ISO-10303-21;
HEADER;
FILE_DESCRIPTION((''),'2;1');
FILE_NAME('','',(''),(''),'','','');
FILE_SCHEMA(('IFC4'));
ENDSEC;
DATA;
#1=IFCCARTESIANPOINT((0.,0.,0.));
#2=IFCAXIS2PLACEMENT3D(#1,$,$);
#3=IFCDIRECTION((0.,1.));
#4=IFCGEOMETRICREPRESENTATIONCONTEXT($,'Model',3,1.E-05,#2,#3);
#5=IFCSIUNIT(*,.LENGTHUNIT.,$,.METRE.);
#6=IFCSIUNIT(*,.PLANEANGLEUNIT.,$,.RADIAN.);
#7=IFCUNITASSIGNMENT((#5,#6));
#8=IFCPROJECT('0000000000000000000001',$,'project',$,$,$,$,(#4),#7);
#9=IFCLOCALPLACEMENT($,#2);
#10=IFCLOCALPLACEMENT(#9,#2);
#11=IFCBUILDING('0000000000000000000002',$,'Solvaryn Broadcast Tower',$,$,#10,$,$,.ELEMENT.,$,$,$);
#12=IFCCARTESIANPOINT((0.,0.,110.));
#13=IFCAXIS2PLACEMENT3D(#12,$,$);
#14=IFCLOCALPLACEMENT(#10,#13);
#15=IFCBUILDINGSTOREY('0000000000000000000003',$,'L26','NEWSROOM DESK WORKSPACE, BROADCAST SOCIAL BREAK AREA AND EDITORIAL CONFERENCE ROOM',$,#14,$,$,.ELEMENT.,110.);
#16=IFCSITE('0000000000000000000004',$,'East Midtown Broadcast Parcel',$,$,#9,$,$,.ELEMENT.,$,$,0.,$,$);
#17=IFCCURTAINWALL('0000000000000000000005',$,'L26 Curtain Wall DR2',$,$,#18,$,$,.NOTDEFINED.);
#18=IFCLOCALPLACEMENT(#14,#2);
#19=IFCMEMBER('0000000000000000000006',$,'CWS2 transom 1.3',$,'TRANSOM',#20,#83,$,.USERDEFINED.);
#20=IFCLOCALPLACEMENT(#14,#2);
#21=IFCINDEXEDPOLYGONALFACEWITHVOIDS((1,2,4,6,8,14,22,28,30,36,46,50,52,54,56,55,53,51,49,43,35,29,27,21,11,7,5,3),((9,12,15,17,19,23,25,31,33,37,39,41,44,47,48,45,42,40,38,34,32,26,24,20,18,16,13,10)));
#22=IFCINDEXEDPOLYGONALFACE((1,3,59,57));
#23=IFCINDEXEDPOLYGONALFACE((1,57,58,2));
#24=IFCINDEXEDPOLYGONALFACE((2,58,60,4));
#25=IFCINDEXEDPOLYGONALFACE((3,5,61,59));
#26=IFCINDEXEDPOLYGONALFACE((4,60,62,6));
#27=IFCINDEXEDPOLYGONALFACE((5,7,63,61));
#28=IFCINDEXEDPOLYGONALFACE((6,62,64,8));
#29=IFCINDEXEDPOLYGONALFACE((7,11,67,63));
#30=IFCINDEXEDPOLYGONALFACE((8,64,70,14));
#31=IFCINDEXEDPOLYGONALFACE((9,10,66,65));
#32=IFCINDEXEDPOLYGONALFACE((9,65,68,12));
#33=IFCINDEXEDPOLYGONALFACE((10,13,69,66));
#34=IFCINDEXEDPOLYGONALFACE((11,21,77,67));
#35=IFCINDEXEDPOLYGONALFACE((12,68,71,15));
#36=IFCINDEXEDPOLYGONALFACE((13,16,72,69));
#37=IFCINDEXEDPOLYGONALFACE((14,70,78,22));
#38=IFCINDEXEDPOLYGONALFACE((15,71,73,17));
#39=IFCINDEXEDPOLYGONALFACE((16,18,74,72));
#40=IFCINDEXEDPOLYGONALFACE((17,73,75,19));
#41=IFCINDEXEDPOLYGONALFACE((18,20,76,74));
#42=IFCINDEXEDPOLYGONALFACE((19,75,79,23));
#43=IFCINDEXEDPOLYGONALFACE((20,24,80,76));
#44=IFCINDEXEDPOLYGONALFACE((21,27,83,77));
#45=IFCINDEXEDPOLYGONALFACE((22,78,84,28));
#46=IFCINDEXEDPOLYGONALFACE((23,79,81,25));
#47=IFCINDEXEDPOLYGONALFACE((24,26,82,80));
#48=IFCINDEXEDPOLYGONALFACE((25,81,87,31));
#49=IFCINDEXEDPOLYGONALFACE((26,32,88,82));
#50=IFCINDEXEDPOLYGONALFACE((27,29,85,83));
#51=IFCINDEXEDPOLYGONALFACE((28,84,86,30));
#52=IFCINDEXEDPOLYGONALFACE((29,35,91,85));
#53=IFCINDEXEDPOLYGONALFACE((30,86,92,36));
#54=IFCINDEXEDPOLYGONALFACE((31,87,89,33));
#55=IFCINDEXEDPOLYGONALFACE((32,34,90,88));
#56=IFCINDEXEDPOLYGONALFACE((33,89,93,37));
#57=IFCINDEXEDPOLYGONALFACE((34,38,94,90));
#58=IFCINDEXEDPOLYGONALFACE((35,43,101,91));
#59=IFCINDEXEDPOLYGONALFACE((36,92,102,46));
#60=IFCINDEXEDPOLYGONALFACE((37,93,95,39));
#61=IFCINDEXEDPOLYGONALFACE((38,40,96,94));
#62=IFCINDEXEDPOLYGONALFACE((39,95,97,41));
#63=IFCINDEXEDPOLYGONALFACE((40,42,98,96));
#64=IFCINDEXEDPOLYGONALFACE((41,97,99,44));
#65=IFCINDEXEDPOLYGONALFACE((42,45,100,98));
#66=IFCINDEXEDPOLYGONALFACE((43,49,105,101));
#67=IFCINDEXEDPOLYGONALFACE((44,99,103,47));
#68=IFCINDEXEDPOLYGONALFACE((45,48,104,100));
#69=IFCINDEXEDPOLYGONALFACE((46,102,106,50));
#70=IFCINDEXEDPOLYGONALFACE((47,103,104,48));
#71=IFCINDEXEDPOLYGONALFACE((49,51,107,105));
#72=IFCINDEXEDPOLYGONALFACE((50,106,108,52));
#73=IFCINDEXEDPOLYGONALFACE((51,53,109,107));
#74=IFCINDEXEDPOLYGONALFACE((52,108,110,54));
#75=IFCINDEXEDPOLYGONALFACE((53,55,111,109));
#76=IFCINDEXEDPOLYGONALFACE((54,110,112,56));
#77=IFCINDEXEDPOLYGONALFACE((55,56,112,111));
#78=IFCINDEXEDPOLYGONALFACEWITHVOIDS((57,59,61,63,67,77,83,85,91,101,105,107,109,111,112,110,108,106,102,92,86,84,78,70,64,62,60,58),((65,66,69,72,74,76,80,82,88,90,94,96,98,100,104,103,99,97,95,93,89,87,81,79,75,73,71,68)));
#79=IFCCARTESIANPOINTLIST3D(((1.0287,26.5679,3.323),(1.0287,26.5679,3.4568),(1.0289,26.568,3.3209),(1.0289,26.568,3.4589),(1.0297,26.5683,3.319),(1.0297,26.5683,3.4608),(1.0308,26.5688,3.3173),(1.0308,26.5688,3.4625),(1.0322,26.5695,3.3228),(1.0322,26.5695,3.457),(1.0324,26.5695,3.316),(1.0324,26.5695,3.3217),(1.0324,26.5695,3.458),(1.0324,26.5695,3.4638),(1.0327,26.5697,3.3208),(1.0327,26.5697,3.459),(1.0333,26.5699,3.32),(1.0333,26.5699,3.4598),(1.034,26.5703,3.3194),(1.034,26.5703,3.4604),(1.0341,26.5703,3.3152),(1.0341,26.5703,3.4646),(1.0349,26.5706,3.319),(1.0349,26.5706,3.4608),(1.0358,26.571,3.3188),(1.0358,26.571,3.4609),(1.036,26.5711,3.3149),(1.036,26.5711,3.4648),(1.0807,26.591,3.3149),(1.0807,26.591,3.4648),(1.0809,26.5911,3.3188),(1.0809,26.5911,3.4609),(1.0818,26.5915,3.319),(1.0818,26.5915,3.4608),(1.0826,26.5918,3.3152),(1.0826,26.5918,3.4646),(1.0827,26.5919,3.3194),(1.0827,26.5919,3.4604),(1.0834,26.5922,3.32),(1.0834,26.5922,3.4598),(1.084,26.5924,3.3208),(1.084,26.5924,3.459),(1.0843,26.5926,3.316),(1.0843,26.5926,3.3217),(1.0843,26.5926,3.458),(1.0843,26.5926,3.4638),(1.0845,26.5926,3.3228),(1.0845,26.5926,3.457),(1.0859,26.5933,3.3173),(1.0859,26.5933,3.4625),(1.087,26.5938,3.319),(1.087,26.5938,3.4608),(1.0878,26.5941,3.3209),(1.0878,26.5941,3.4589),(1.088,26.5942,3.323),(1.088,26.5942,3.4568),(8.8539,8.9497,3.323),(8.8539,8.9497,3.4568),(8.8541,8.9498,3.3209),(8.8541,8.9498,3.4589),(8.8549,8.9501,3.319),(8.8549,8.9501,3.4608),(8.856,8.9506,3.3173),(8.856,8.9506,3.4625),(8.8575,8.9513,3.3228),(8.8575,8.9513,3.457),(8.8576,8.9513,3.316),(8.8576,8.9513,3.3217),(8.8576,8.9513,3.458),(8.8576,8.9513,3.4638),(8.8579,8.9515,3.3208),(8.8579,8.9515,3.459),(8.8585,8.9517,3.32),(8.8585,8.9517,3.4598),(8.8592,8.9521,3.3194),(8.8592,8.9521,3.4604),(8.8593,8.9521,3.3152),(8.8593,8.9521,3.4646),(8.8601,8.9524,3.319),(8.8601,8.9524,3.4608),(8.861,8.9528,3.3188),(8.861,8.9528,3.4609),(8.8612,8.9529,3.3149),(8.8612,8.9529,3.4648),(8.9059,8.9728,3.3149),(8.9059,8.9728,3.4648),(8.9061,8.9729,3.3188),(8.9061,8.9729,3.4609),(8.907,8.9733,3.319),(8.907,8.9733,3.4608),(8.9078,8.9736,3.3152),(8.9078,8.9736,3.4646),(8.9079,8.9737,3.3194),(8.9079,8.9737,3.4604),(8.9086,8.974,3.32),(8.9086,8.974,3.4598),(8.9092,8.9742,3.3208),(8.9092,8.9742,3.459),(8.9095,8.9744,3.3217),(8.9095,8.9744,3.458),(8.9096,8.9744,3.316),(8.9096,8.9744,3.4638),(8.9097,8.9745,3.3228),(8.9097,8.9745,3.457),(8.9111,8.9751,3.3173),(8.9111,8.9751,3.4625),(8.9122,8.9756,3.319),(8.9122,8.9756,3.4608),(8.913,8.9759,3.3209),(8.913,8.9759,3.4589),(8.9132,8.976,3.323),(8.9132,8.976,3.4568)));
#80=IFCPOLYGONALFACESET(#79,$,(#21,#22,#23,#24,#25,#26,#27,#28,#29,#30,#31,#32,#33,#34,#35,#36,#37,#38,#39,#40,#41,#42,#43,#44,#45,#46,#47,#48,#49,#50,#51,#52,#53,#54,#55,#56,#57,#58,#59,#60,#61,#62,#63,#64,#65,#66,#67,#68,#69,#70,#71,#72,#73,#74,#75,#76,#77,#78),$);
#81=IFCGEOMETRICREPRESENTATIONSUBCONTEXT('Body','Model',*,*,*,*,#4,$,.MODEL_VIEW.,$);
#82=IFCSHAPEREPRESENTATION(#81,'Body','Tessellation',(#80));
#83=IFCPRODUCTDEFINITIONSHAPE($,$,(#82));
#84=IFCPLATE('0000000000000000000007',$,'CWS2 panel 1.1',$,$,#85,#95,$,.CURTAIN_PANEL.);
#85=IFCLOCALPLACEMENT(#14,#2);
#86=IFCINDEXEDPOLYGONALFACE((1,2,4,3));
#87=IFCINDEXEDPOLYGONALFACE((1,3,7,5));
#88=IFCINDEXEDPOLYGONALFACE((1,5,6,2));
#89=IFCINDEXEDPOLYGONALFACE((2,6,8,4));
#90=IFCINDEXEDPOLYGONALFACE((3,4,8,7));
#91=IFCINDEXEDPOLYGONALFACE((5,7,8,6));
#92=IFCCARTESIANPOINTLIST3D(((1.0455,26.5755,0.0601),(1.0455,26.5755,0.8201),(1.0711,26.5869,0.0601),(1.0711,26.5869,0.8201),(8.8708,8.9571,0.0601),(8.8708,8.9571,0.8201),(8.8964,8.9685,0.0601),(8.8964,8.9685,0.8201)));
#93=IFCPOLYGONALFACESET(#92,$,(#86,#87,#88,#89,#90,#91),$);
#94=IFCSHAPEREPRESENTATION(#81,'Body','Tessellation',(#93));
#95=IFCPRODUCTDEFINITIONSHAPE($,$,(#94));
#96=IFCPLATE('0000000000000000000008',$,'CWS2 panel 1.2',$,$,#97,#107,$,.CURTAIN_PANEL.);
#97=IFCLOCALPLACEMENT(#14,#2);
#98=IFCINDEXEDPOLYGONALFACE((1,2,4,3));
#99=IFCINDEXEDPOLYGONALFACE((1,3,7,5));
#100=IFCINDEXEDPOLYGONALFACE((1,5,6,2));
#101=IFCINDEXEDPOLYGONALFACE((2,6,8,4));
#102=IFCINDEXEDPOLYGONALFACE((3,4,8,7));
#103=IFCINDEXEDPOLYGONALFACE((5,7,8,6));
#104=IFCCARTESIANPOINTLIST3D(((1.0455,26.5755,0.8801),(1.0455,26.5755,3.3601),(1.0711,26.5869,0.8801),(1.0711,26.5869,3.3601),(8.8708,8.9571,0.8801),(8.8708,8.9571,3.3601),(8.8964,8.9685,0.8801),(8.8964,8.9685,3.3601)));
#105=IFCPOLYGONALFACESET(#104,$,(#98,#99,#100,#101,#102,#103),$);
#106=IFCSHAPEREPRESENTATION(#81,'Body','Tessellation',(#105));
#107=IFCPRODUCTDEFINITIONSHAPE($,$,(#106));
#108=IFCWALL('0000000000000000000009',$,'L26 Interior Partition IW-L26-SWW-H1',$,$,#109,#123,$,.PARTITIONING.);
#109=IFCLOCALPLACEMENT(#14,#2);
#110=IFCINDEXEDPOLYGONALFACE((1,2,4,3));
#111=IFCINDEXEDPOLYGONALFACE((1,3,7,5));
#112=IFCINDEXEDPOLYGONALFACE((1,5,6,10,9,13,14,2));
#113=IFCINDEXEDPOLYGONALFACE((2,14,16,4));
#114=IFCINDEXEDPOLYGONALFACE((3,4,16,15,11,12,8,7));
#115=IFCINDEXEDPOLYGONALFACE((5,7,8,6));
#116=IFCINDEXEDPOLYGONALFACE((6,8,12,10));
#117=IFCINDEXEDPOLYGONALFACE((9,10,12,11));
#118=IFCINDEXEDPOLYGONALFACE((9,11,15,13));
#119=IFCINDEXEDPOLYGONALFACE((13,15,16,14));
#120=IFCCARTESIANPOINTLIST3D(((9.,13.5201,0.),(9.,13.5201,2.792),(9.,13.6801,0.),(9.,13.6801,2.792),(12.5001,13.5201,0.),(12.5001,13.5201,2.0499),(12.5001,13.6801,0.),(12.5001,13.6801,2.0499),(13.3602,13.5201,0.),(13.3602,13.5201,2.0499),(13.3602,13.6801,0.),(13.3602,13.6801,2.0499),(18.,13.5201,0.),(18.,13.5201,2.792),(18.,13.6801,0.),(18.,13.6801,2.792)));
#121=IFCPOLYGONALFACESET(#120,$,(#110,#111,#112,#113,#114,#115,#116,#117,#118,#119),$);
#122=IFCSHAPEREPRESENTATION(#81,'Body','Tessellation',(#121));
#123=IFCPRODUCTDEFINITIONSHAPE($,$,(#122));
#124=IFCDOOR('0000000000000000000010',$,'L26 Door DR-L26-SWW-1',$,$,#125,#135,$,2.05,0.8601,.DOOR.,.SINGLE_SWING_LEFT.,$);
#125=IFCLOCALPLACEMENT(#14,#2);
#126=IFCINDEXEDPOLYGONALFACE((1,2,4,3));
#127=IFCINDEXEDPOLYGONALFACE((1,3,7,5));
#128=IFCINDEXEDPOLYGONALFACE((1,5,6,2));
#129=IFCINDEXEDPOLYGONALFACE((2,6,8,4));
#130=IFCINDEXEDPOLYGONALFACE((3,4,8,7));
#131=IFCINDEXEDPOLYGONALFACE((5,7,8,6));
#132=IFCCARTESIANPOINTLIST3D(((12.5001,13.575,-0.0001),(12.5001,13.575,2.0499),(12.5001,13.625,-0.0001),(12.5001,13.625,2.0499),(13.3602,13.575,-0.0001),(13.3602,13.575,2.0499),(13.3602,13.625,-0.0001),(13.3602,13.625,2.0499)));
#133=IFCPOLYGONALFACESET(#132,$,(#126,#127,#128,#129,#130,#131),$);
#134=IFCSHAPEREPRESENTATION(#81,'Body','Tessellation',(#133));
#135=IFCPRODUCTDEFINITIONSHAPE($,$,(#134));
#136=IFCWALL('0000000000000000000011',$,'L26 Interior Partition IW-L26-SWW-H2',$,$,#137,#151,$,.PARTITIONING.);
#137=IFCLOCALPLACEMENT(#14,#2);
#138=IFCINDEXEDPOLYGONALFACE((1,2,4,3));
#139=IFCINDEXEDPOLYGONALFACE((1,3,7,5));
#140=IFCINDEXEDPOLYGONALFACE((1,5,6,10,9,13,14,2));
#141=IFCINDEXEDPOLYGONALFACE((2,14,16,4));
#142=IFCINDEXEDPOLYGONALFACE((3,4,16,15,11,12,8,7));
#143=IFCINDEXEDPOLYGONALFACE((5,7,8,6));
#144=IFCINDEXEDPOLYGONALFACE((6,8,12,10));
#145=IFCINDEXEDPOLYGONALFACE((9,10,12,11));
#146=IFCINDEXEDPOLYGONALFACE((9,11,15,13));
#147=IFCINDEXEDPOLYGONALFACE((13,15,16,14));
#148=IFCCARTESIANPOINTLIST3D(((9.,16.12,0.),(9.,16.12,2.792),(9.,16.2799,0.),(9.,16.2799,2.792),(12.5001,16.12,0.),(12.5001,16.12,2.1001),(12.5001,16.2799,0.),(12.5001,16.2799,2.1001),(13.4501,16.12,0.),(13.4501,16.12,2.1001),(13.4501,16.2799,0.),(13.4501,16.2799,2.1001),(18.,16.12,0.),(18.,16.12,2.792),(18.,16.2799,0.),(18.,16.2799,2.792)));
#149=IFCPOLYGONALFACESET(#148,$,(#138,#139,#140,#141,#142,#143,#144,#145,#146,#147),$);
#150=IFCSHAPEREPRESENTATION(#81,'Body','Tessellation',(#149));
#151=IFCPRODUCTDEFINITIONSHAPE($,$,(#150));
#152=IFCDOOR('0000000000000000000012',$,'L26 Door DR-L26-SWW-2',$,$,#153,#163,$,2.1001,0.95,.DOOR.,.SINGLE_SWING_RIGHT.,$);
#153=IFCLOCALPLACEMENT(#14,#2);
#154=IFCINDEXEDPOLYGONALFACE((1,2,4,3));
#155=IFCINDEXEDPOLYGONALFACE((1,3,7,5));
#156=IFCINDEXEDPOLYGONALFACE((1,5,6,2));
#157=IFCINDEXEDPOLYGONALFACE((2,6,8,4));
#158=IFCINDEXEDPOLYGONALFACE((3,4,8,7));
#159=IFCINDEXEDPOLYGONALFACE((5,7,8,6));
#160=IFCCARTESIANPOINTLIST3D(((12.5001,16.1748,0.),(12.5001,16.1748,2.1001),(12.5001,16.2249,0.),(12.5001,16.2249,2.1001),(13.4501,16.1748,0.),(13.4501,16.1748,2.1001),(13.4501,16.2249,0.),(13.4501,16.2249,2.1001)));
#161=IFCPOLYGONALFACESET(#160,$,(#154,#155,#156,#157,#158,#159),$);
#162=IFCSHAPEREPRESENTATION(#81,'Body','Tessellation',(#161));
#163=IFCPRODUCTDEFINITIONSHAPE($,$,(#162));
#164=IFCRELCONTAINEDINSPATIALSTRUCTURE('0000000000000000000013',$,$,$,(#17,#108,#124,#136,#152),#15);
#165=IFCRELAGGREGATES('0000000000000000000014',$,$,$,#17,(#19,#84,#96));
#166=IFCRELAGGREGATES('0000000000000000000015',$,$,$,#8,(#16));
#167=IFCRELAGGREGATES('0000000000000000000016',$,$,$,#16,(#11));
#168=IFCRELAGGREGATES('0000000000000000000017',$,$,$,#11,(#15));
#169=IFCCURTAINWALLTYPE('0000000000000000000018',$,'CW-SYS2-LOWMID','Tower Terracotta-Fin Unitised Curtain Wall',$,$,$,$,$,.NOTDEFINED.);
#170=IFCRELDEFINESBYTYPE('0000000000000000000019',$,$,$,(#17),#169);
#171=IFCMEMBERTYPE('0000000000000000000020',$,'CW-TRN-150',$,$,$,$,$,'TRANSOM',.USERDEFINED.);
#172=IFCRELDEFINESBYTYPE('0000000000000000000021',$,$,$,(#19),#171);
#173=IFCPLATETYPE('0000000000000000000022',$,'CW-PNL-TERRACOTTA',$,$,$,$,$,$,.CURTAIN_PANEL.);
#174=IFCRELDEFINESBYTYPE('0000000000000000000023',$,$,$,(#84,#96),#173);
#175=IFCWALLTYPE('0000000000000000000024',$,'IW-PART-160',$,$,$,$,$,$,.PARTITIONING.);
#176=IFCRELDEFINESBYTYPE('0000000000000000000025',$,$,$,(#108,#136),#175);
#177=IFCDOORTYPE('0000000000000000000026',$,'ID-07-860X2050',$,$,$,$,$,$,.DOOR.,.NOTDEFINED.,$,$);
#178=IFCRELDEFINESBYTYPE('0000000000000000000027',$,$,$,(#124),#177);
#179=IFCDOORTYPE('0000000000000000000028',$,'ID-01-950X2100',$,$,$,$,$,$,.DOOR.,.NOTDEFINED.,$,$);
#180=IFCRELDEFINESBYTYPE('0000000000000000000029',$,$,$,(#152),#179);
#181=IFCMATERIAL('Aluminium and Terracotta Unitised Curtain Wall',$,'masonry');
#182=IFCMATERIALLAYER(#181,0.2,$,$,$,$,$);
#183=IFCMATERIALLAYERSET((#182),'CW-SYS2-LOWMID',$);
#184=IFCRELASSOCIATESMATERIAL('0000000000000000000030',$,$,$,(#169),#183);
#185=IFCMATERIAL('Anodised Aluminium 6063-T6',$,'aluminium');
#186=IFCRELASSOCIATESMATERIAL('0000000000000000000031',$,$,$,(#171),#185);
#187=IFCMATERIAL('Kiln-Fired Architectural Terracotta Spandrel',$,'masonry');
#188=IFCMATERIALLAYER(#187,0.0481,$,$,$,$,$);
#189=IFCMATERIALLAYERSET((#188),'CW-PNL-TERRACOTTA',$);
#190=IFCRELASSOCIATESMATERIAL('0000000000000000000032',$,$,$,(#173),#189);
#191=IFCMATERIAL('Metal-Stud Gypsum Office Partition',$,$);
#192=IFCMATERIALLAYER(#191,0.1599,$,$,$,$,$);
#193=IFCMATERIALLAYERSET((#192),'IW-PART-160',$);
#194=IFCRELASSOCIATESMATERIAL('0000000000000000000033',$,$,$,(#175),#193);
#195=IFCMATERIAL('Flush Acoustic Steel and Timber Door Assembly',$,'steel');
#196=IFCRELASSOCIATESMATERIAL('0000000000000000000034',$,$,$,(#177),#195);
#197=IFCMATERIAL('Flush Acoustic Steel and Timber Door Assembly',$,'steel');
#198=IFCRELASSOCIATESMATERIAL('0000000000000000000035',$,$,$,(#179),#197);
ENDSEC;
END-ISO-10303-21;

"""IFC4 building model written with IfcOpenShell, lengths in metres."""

from ifc_helpers import new_model, si_unit, direction, frame, frame_2d, origin, origin_2d, place, context, subcontext, project, spatial, rectangle, hollow_rectangle, extrude, material, layer, layer_set, material_profile, profile_set, type_object, element, fill, aggregate, save


model = new_model("IFC4")

# Units and contexts
model_context = context("Model", 3, precision=1e-05, world=origin(), true_north=direction((0.0, 1.0)))
body_context = subcontext(model_context, "Body", "Model", "MODEL_VIEW")
ifc_project = project(units=[si_unit("LENGTHUNIT", "METRE"), si_unit("PLANEANGLEUNIT", "RADIAN")], contexts=[model_context])

# Site, building, storey
site_placement = place(None, origin())
site = spatial("IfcSite", under=ifc_project, at=site_placement, Name="East Midtown Broadcast Parcel", CompositionType="ELEMENT", RefElevation=0.0)
building_placement = place(site_placement, origin())
building = spatial("IfcBuilding", under=site, at=building_placement, Name="Solvaryn Broadcast Tower", CompositionType="ELEMENT")
storey_placement = place(building_placement, frame((0.0, 0.0, 110.0)))
storey = spatial("IfcBuildingStorey", under=building, at=storey_placement, Name="L26", Description="NEWSROOM DESK WORKSPACE, BROADCAST SOCIAL BREAK AREA AND EDITORIAL CONFERENCE ROOM", CompositionType="ELEMENT", Elevation=110.0)

# Shared definitions
ifc_material_1 = material(Name="Aluminium and Terracotta Unitised Curtain Wall", Category="masonry")
ifc_layer_1 = layer(ifc_material_1, 0.2)
ifc_layer_set_1 = layer_set([ifc_layer_1], Name="CW-SYS2-LOWMID")
curtain_wall_type = type_object("IfcCurtainWallType", Name="CW-SYS2-LOWMID", Description="Tower Terracotta-Fin Unitised Curtain Wall", PredefinedType="NOTDEFINED", material=ifc_layer_set_1)

# Curtain wall, member, plates
curtain_wall_1_placement = place(storey_placement, origin())
curtain_wall_1 = element("IfcCurtainWall", 1, at=curtain_wall_1_placement, inside=storey, type_object=curtain_wall_type, Name="L26 Curtain Wall DR2", PredefinedType="NOTDEFINED")
ifc_material_2 = material(Name="Anodised Aluminium 6063-T6", Category="aluminium")
ifc_material_profile_1 = material_profile(ifc_material_2, hollow_rectangle(XDim=0.0649, YDim=0.1499, WallThickness=0.0039, InnerFilletRadius=0.0039, OuterFilletRadius=0.0081, at=origin_2d()))
ifc_profile_set_1 = profile_set([ifc_material_profile_1], Name="Anodised Aluminium 6063-T6")
member_type_1 = type_object("IfcMemberType", Name="CW-TRN-150", ElementType="TRANSOM", PredefinedType="USERDEFINED", material=ifc_profile_set_1)
member_1_placement = place(storey_placement, frame((1.0583, 26.5811, 3.3899), z_axis=(0.405918, -0.91391, 0.0), x_axis=(0.91391, 0.405918, 0.0)))
member_1 = element("IfcMember", 2, at=member_1_placement, type_object=member_type_1, Name="CWS2 transom 1.3", ObjectType="TRANSOM", PredefinedType="USERDEFINED", context=body_context, shape_type="SweptSolid", body=[
    extrude(hollow_rectangle(XDim=0.0649, YDim=0.1499, WallThickness=0.0039, InnerFilletRadius=0.0039, OuterFilletRadius=0.0081, at=origin_2d()), origin(), (0.0, 0.0, 1.0), 19.2778),
])
ifc_material_3 = material(Name="Kiln-Fired Architectural Terracotta Spandrel", Category="masonry")
ifc_layer_2 = layer(ifc_material_3, 0.0481)
ifc_layer_set_2 = layer_set([ifc_layer_2], Name="CW-PNL-TERRACOTTA")
plate_type = type_object("IfcPlateType", Name="CW-PNL-TERRACOTTA", PredefinedType="CURTAIN_PANEL", material=ifc_layer_set_2)
plate_1_placement = place(storey_placement, frame((4.9709, 17.772, 0.0601), z_axis=(0.0, 0.0, 1.0), x_axis=(0.405918, -0.913909, 0.0)))
plate_1 = element("IfcPlate", 3, at=plate_1_placement, type_object=plate_type, Name="CWS2 panel 1.1", PredefinedType="CURTAIN_PANEL", context=body_context, shape_type="SweptSolid", body=[
    extrude(rectangle(XDim=19.2781, YDim=0.0281, at=origin_2d()), origin(), (0.0, 0.0, 1.0), 0.76),
])
plate_2_placement = place(storey_placement, frame((4.9709, 17.772, 0.8801), z_axis=(0.0, 0.0, 1.0), x_axis=(0.405918, -0.913909, 0.0)))
plate_2 = element("IfcPlate", 4, at=plate_2_placement, type_object=plate_type, Name="CWS2 panel 1.2", PredefinedType="CURTAIN_PANEL", context=body_context, shape_type="SweptSolid", body=[
    extrude(rectangle(XDim=19.2781, YDim=0.0281, at=origin_2d()), origin(), (0.0, 0.0, 1.0), 2.48),
])
aggregate(curtain_wall_1, [member_1, plate_1, plate_2])

# Walls, openings, doors
ifc_material_4 = material(Name="Metal-Stud Gypsum Office Partition")
ifc_layer_3 = layer(ifc_material_4, 0.1599)
ifc_layer_set_3 = layer_set([ifc_layer_3], Name="IW-PART-160")
wall_type = type_object("IfcWallType", Name="IW-PART-160", PredefinedType="PARTITIONING", material=ifc_layer_set_3)
wall_1_placement = place(storey_placement, frame((9.0, 13.6001, 0.0), z_axis=(0.0, 0.0, 1.0), x_axis=(1.0, 0.0, 0.0)))
wall_1 = element("IfcWall", 5, at=wall_1_placement, inside=storey, type_object=wall_type, Name="L26 Interior Partition IW-L26-SWW-H1", PredefinedType="PARTITIONING", context=body_context, shape_type="SweptSolid", body=[
    extrude(rectangle(XDim=9.0, YDim=0.1599, at=frame_2d((4.5, 0.0))), origin(), (0.0, 0.0, 1.0), 2.792),
])
opening_1_placement = place(wall_1_placement, frame((3.5, 0.0, 0.0)))
opening_1 = element("IfcOpeningElement", 6, at=opening_1_placement, cuts=wall_1, PredefinedType="OPENING", context=body_context, shape_type="SweptSolid", body=[
    extrude(rectangle(XDim=0.8601, YDim=2.05, at=frame_2d((0.4302, 1.0249))), frame((0.0, 0.0901, 0.0), z_axis=(0.0, -1.0, 0.0), x_axis=(1.0, 0.0, 0.0)), (0.0, 0.0, 1.0), 0.1799),
])
ifc_material_5 = material(Name="Flush Acoustic Steel and Timber Door Assembly", Category="steel")
door_type_1 = type_object("IfcDoorType", Name="ID-07-860X2050", OperationType="NOTDEFINED", PredefinedType="DOOR", material=ifc_material_5)
door_1_placement = place(opening_1_placement, origin())
door_1 = element("IfcDoor", 7, at=door_1_placement, inside=storey, type_object=door_type_1, Name="L26 Door DR-L26-SWW-1", OperationType="SINGLE_SWING_LEFT", OverallHeight=2.05, OverallWidth=0.8601, PredefinedType="DOOR", context=body_context, shape_type="SweptSolid", body=[
    extrude(rectangle(XDim=0.8601, YDim=2.05, at=frame_2d((0.4302, 1.0249))), frame((0.0, 0.0249, 0.0), z_axis=(0.0, -1.0, 0.0), x_axis=(1.0, 0.0, 0.0)), (0.0, 0.0, 1.0), 0.05),
])
fill(opening_1, door_1)
wall_2_placement = place(storey_placement, frame((9.0, 16.2, 0.0), z_axis=(0.0, 0.0, 1.0), x_axis=(1.0, 0.0, 0.0)))
wall_2 = element("IfcWall", 8, at=wall_2_placement, inside=storey, type_object=wall_type, Name="L26 Interior Partition IW-L26-SWW-H2", PredefinedType="PARTITIONING", context=body_context, shape_type="SweptSolid", body=[
    extrude(rectangle(XDim=9.0, YDim=0.1599, at=frame_2d((4.5, 0.0))), origin(), (0.0, 0.0, 1.0), 2.792),
])
opening_2_placement = place(wall_2_placement, frame((3.5, 0.0, 0.0)))
opening_2 = element("IfcOpeningElement", 9, at=opening_2_placement, cuts=wall_2, PredefinedType="OPENING", context=body_context, shape_type="SweptSolid", body=[
    extrude(rectangle(XDim=0.95, YDim=2.1001, at=frame_2d((0.4751, 1.05))), frame((0.0, 0.0901, 0.0), z_axis=(0.0, -1.0, 0.0), x_axis=(1.0, 0.0, 0.0)), (0.0, 0.0, 1.0), 0.1799),
])
ifc_material_6 = material(Name="Flush Acoustic Steel and Timber Door Assembly", Category="steel")
door_type_2 = type_object("IfcDoorType", Name="ID-01-950X2100", OperationType="NOTDEFINED", PredefinedType="DOOR", material=ifc_material_6)
door_2_placement = place(opening_2_placement, origin())
door_2 = element("IfcDoor", 10, at=door_2_placement, inside=storey, type_object=door_type_2, Name="L26 Door DR-L26-SWW-2", OperationType="SINGLE_SWING_RIGHT", OverallHeight=2.1001, OverallWidth=0.95, PredefinedType="DOOR", context=body_context, shape_type="SweptSolid", body=[
    extrude(rectangle(XDim=0.95, YDim=2.1001, at=frame_2d((0.4751, 1.05))), frame((0.0, 0.0249, 0.0), z_axis=(0.0, -1.0, 0.0), x_axis=(1.0, 0.0, 0.0)), (0.0, 0.0, 1.0), 0.05),
])
fill(opening_2, door_2)

save(model, "model.ifc")
